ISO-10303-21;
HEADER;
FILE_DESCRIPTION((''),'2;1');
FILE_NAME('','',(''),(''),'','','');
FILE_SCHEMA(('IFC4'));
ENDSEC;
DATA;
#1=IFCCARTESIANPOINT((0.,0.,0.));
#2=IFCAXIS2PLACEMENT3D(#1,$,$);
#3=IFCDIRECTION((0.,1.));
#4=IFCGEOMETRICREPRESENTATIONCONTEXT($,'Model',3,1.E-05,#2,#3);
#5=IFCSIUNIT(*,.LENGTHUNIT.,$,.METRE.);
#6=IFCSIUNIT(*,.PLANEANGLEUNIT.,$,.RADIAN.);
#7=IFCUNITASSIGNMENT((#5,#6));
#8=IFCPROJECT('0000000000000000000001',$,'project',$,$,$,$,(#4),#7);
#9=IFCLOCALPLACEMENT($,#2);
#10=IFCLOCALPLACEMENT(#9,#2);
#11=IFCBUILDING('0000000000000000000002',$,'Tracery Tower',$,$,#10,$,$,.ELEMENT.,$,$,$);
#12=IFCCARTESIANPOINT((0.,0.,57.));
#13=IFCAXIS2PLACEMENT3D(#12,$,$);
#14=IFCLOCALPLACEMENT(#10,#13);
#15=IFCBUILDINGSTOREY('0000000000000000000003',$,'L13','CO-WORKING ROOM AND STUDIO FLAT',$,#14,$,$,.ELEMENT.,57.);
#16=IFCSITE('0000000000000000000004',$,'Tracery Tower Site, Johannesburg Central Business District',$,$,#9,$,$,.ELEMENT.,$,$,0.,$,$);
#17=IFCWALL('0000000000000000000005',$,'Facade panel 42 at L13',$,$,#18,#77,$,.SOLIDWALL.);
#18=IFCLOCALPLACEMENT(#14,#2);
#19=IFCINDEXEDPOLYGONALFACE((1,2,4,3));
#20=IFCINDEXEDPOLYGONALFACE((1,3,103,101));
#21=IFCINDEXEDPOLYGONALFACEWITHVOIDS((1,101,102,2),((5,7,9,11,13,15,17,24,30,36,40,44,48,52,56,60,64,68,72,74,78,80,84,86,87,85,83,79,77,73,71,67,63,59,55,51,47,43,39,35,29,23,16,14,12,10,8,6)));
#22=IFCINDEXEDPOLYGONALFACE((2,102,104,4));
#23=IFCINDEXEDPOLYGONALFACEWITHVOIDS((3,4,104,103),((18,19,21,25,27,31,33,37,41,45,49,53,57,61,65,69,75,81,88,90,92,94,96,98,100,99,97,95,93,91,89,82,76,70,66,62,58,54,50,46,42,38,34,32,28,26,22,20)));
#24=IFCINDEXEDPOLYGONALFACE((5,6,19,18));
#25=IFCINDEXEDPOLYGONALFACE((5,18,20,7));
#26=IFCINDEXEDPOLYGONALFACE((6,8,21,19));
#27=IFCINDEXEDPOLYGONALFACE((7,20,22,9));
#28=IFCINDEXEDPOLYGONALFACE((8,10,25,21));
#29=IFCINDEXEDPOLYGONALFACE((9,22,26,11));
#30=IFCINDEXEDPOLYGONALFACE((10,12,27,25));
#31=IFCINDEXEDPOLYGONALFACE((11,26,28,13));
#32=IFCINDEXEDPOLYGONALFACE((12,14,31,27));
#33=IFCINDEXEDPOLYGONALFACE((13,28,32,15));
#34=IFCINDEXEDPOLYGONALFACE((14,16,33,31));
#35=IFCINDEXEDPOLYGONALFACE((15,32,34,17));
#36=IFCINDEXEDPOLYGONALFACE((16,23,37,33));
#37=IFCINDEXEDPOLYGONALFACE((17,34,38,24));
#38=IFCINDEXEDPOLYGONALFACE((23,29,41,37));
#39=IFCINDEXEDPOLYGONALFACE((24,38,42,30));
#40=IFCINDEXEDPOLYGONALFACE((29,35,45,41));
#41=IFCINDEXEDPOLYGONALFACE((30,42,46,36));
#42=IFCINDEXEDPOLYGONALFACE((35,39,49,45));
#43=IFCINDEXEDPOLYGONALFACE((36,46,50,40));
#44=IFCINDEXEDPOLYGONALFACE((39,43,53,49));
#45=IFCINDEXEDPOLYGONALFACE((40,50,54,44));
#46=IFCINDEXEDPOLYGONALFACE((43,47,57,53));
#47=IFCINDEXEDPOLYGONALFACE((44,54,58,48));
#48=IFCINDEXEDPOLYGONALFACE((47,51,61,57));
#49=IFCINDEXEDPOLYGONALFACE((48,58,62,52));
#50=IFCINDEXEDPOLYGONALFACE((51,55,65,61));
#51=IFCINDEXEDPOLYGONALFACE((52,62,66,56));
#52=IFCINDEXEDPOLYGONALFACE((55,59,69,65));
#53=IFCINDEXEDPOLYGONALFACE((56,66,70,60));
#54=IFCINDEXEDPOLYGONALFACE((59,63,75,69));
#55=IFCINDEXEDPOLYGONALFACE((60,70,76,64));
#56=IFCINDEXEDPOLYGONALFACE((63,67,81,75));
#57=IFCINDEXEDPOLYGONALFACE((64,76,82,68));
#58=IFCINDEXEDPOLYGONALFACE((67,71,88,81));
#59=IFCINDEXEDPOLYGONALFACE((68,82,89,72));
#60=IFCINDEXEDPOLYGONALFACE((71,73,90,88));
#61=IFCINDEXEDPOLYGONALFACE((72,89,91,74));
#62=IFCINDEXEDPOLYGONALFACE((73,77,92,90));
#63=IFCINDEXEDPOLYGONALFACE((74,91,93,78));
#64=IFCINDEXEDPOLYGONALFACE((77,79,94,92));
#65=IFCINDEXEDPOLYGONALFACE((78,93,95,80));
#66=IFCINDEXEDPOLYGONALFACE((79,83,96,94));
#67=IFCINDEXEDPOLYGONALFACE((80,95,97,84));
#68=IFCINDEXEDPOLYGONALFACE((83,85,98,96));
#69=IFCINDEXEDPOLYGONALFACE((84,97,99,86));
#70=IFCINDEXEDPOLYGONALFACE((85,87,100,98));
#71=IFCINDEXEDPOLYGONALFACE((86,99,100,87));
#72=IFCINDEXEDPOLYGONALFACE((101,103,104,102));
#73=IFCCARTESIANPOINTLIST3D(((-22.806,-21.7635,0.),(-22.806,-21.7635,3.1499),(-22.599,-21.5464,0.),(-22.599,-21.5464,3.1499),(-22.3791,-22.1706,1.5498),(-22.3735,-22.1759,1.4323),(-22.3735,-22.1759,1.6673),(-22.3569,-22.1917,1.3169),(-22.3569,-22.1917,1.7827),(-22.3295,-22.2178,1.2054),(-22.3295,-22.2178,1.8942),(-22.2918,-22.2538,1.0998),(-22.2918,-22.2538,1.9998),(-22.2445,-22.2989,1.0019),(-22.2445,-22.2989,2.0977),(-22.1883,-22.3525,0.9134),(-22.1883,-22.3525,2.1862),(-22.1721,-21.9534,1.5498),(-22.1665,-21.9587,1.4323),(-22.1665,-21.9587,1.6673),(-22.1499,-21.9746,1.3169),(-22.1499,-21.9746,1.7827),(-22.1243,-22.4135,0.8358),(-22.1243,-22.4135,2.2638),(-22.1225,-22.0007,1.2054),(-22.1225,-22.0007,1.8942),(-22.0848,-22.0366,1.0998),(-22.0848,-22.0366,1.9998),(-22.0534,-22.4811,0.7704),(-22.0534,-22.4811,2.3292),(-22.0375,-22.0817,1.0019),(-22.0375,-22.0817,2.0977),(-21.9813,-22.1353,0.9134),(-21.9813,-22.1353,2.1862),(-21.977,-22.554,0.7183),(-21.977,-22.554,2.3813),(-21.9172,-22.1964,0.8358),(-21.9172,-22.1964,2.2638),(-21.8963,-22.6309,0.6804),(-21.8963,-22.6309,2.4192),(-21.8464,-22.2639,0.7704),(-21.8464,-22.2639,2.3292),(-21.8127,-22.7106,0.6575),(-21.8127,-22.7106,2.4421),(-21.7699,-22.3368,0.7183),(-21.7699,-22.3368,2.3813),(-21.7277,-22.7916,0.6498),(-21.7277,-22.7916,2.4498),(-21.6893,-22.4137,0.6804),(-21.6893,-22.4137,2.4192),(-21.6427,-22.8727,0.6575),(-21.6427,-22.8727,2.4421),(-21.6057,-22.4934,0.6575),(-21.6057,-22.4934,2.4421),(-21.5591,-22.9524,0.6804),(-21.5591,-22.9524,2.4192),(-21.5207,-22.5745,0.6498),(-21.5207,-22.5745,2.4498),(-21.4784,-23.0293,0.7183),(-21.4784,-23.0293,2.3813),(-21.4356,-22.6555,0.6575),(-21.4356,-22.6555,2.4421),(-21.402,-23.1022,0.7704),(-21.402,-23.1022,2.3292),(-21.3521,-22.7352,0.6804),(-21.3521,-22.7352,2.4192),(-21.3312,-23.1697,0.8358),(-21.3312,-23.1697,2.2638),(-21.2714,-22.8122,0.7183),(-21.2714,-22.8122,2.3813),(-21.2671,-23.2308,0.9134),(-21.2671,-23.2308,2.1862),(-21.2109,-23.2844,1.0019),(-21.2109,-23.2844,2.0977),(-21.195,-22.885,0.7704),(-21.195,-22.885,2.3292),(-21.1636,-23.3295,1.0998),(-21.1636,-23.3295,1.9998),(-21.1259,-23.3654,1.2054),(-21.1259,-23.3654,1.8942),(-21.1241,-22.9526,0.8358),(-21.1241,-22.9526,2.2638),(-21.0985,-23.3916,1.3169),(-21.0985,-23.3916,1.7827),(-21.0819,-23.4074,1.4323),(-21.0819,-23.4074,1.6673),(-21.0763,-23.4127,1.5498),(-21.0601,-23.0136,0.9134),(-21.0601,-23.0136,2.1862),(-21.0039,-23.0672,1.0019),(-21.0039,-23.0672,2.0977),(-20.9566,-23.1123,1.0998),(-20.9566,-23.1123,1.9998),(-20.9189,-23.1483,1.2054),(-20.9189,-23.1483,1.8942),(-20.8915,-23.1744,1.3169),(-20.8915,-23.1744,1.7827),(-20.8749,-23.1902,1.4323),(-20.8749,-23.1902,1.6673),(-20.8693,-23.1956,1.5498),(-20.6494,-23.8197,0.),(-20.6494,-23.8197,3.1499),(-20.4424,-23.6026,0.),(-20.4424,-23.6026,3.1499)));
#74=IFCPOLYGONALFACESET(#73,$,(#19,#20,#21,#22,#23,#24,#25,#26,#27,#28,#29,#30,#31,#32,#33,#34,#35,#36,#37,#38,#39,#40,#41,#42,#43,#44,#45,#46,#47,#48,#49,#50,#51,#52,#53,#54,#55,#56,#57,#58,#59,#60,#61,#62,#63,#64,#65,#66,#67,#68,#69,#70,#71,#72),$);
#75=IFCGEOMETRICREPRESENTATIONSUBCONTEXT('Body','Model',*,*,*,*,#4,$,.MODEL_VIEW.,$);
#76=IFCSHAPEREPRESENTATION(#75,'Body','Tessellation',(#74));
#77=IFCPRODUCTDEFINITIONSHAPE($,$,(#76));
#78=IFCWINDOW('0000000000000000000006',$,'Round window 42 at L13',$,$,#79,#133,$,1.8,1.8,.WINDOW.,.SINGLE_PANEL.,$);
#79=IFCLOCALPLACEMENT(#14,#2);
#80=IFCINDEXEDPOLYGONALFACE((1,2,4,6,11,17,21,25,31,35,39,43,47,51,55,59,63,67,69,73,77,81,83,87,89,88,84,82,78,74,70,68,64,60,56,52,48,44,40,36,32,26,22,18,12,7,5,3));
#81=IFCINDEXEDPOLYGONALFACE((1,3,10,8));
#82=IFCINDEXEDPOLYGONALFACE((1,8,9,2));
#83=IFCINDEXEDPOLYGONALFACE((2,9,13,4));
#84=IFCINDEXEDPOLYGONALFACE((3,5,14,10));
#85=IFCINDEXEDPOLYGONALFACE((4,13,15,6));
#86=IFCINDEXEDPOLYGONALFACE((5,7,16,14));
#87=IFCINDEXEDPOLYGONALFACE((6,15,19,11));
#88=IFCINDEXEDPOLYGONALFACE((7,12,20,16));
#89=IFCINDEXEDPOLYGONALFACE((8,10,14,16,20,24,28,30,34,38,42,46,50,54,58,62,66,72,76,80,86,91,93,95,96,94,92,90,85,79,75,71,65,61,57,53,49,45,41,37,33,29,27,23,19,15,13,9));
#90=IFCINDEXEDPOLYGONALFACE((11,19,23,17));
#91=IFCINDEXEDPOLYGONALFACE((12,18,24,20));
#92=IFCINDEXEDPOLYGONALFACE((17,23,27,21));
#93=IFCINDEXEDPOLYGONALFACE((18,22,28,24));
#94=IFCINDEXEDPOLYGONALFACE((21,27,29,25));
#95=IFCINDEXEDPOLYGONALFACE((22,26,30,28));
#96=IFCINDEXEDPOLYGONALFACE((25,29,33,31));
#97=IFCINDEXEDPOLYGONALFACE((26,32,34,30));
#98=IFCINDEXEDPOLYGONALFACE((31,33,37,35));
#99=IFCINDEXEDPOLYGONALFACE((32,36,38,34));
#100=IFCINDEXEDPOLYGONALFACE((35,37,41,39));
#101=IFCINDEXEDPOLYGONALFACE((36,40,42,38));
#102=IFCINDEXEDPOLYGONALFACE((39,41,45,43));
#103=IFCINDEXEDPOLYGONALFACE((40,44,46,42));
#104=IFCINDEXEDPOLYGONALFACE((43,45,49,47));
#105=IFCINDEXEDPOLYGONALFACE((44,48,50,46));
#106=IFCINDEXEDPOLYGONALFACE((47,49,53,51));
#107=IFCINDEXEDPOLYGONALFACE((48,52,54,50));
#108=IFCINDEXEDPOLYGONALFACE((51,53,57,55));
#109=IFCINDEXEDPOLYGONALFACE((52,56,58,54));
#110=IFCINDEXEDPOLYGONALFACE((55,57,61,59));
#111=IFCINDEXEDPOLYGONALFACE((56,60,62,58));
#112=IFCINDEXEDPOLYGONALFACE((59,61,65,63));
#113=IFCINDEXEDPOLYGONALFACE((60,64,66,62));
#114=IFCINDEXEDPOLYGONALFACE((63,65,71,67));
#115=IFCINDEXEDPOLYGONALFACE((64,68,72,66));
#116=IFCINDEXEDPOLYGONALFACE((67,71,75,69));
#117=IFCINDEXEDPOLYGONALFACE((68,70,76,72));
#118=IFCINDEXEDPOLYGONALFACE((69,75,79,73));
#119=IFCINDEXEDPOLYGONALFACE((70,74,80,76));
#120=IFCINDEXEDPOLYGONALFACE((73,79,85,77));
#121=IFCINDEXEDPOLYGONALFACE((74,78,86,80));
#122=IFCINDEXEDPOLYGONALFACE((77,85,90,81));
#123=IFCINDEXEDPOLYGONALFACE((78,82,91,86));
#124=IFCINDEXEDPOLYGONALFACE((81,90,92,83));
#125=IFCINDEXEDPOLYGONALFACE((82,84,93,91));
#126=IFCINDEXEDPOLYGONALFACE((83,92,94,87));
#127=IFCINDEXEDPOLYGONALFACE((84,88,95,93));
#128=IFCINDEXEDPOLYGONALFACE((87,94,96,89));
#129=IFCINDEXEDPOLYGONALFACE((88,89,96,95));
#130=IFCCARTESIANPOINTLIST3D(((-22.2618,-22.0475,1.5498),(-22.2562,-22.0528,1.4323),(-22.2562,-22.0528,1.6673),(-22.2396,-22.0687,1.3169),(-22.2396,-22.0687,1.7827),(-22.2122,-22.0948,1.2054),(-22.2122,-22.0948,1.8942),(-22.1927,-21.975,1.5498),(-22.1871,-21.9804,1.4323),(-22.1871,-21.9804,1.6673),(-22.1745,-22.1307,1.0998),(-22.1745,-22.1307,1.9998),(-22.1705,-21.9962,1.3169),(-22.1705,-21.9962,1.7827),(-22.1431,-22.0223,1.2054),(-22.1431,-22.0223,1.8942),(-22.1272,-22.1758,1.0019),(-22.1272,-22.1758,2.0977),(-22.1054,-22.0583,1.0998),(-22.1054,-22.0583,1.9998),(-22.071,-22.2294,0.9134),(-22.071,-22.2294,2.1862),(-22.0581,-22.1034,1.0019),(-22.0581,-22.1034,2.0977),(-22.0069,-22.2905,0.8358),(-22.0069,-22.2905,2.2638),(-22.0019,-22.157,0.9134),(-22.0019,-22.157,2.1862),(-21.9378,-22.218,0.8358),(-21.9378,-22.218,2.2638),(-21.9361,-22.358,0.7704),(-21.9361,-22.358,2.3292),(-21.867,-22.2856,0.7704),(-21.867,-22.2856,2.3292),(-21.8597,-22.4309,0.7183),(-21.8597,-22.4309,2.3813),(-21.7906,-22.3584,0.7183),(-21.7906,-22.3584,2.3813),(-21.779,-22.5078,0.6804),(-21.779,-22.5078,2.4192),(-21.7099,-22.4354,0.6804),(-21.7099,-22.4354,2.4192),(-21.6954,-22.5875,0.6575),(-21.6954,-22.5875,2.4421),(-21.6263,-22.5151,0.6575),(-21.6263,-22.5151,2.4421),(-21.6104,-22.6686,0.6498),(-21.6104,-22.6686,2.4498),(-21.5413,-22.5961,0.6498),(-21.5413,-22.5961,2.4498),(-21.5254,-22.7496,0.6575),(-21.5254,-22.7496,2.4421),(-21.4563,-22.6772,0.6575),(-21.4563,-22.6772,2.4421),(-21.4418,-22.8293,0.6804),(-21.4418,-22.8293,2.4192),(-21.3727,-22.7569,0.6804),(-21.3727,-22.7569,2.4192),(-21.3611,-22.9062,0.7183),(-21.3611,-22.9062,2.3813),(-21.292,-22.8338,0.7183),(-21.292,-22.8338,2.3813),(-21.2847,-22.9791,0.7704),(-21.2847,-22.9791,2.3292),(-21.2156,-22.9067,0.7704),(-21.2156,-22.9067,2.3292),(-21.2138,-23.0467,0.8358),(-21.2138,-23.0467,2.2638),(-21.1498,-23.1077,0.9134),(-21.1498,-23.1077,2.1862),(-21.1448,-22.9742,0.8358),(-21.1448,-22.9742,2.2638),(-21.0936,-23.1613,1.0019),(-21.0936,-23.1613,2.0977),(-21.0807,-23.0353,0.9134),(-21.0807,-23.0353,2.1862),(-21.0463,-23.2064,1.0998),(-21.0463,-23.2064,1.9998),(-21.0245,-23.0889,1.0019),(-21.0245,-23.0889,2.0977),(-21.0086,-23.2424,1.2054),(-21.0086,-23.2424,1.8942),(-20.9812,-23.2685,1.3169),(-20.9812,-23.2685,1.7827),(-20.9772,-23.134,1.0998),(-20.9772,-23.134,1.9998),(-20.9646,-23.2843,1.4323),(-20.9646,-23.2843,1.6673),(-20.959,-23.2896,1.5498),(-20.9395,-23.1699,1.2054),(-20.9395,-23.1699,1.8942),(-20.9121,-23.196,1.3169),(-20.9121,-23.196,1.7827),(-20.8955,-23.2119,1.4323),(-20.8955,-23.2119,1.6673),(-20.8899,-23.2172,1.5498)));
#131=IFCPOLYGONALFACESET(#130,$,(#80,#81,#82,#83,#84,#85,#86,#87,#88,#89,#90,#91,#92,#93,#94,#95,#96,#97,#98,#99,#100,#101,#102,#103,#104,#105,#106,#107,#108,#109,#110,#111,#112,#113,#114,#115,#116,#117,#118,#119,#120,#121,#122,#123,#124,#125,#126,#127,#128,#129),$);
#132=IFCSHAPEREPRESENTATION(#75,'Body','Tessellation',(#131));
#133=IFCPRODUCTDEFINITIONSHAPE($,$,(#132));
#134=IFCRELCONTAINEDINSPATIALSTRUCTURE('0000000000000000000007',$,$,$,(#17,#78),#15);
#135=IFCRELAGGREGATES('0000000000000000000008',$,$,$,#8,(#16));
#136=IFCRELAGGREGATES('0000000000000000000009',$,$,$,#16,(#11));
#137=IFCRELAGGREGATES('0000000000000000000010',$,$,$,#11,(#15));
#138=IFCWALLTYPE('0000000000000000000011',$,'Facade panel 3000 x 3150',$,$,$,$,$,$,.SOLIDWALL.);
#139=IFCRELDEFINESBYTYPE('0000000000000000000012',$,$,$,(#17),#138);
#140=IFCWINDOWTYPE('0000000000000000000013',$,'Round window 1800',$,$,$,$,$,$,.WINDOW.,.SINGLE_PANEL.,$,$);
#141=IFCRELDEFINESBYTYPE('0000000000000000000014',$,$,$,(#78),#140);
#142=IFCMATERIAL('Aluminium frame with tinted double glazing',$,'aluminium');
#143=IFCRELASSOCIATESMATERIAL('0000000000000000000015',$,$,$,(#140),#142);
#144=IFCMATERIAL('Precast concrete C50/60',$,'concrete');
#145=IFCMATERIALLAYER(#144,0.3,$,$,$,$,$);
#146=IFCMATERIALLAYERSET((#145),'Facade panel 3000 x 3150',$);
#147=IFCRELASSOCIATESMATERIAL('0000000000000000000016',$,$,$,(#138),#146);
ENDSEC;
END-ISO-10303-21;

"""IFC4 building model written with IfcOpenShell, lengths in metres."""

from ifc_helpers import new_model, si_unit, direction, frame, frame_2d, origin, origin_2d, place, context, subcontext, project, spatial, rectangle, circle, extrude, material, layer, layer_set, type_object, element, fill, save


model = new_model("IFC4")

# Units and contexts
model_context = context("Model", 3, precision=1e-05, world=origin(), true_north=direction((0.0, 1.0)))
body_context = subcontext(model_context, "Body", "Model", "MODEL_VIEW")
ifc_project = project(units=[si_unit("LENGTHUNIT", "METRE"), si_unit("PLANEANGLEUNIT", "RADIAN")], contexts=[model_context])

# Site, building, storey
site_placement = place(None, origin())
site = spatial("IfcSite", under=ifc_project, at=site_placement, Name="Tracery Tower Site, Johannesburg Central Business District", CompositionType="ELEMENT", RefElevation=0.0)
building_placement = place(site_placement, origin())
building = spatial("IfcBuilding", under=site, at=building_placement, Name="Tracery Tower", CompositionType="ELEMENT")
storey_placement = place(building_placement, frame((0.0, 0.0, 57.0)))
storey = spatial("IfcBuildingStorey", under=building, at=storey_placement, Name="L13", Description="CO-WORKING ROOM AND STUDIO FLAT", CompositionType="ELEMENT", Elevation=57.0)

# Wall, opening, window
ifc_material_1 = material(Name="Aluminium frame with tinted double glazing", Category="aluminium")
window_type = type_object("IfcWindowType", Name="Round window 1800", PartitioningType="SINGLE_PANEL", PredefinedType="WINDOW", material=ifc_material_1)
ifc_material_2 = material(Name="Precast concrete C50/60", Category="concrete")
ifc_layer_1 = layer(ifc_material_2, 0.3)
ifc_layer_set_1 = layer_set([ifc_layer_1], Name="Facade panel 3000 x 3150")
wall_type_1 = type_object("IfcWallType", Name="Facade panel 3000 x 3150", PredefinedType="SOLIDWALL", material=ifc_layer_set_1)
wall_1_placement = place(storey_placement, frame((-22.7024, -21.655, 0.0), z_axis=(0.0, 0.0, 1.0), x_axis=(0.723744, -0.690068, 0.0)))
wall_1 = element("IfcWall", 1, at=wall_1_placement, inside=storey, type_object=wall_type_1, Name="Facade panel 42 at L13", PredefinedType="SOLIDWALL", context=body_context, shape_type="SweptSolid", body=[
    extrude(rectangle(XDim=2.9797, YDim=0.3, at=frame_2d((1.4897, 0.0))), origin(), (0.0, 0.0, 1.0), 3.1499),
])
opening_1_placement = place(wall_1_placement, frame((1.4897, 0.0, 1.5498)))
opening_1 = element("IfcOpeningElement", 2, at=opening_1_placement, cuts=wall_1, PredefinedType="OPENING", context=body_context, shape_type="SweptSolid", body=[
    extrude(circle(Radius=0.9, at=origin_2d()), frame((0.0, 0.1599, 0.0), z_axis=(0.0, -1.0, 0.0), x_axis=(1.0, 0.0, 0.0)), (0.0, 0.0, 1.0), 0.3201),
])
window_1_placement = place(opening_1_placement, origin())
window_1 = element("IfcWindow", 3, at=window_1_placement, inside=storey, type_object=window_type, Name="Round window 42 at L13", OverallHeight=1.8, OverallWidth=1.8, PartitioningType="SINGLE_PANEL", PredefinedType="WINDOW", context=body_context, shape_type="SweptSolid", body=[
    extrude(circle(Radius=0.9, at=origin_2d()), frame((0.0, 0.1201, 0.0), z_axis=(0.0, -1.0, 0.0), x_axis=(1.0, 0.0, 0.0)), (0.0, 0.0, 1.0), 0.1001),
])
fill(opening_1, window_1)

save(model, "model.ifc")
